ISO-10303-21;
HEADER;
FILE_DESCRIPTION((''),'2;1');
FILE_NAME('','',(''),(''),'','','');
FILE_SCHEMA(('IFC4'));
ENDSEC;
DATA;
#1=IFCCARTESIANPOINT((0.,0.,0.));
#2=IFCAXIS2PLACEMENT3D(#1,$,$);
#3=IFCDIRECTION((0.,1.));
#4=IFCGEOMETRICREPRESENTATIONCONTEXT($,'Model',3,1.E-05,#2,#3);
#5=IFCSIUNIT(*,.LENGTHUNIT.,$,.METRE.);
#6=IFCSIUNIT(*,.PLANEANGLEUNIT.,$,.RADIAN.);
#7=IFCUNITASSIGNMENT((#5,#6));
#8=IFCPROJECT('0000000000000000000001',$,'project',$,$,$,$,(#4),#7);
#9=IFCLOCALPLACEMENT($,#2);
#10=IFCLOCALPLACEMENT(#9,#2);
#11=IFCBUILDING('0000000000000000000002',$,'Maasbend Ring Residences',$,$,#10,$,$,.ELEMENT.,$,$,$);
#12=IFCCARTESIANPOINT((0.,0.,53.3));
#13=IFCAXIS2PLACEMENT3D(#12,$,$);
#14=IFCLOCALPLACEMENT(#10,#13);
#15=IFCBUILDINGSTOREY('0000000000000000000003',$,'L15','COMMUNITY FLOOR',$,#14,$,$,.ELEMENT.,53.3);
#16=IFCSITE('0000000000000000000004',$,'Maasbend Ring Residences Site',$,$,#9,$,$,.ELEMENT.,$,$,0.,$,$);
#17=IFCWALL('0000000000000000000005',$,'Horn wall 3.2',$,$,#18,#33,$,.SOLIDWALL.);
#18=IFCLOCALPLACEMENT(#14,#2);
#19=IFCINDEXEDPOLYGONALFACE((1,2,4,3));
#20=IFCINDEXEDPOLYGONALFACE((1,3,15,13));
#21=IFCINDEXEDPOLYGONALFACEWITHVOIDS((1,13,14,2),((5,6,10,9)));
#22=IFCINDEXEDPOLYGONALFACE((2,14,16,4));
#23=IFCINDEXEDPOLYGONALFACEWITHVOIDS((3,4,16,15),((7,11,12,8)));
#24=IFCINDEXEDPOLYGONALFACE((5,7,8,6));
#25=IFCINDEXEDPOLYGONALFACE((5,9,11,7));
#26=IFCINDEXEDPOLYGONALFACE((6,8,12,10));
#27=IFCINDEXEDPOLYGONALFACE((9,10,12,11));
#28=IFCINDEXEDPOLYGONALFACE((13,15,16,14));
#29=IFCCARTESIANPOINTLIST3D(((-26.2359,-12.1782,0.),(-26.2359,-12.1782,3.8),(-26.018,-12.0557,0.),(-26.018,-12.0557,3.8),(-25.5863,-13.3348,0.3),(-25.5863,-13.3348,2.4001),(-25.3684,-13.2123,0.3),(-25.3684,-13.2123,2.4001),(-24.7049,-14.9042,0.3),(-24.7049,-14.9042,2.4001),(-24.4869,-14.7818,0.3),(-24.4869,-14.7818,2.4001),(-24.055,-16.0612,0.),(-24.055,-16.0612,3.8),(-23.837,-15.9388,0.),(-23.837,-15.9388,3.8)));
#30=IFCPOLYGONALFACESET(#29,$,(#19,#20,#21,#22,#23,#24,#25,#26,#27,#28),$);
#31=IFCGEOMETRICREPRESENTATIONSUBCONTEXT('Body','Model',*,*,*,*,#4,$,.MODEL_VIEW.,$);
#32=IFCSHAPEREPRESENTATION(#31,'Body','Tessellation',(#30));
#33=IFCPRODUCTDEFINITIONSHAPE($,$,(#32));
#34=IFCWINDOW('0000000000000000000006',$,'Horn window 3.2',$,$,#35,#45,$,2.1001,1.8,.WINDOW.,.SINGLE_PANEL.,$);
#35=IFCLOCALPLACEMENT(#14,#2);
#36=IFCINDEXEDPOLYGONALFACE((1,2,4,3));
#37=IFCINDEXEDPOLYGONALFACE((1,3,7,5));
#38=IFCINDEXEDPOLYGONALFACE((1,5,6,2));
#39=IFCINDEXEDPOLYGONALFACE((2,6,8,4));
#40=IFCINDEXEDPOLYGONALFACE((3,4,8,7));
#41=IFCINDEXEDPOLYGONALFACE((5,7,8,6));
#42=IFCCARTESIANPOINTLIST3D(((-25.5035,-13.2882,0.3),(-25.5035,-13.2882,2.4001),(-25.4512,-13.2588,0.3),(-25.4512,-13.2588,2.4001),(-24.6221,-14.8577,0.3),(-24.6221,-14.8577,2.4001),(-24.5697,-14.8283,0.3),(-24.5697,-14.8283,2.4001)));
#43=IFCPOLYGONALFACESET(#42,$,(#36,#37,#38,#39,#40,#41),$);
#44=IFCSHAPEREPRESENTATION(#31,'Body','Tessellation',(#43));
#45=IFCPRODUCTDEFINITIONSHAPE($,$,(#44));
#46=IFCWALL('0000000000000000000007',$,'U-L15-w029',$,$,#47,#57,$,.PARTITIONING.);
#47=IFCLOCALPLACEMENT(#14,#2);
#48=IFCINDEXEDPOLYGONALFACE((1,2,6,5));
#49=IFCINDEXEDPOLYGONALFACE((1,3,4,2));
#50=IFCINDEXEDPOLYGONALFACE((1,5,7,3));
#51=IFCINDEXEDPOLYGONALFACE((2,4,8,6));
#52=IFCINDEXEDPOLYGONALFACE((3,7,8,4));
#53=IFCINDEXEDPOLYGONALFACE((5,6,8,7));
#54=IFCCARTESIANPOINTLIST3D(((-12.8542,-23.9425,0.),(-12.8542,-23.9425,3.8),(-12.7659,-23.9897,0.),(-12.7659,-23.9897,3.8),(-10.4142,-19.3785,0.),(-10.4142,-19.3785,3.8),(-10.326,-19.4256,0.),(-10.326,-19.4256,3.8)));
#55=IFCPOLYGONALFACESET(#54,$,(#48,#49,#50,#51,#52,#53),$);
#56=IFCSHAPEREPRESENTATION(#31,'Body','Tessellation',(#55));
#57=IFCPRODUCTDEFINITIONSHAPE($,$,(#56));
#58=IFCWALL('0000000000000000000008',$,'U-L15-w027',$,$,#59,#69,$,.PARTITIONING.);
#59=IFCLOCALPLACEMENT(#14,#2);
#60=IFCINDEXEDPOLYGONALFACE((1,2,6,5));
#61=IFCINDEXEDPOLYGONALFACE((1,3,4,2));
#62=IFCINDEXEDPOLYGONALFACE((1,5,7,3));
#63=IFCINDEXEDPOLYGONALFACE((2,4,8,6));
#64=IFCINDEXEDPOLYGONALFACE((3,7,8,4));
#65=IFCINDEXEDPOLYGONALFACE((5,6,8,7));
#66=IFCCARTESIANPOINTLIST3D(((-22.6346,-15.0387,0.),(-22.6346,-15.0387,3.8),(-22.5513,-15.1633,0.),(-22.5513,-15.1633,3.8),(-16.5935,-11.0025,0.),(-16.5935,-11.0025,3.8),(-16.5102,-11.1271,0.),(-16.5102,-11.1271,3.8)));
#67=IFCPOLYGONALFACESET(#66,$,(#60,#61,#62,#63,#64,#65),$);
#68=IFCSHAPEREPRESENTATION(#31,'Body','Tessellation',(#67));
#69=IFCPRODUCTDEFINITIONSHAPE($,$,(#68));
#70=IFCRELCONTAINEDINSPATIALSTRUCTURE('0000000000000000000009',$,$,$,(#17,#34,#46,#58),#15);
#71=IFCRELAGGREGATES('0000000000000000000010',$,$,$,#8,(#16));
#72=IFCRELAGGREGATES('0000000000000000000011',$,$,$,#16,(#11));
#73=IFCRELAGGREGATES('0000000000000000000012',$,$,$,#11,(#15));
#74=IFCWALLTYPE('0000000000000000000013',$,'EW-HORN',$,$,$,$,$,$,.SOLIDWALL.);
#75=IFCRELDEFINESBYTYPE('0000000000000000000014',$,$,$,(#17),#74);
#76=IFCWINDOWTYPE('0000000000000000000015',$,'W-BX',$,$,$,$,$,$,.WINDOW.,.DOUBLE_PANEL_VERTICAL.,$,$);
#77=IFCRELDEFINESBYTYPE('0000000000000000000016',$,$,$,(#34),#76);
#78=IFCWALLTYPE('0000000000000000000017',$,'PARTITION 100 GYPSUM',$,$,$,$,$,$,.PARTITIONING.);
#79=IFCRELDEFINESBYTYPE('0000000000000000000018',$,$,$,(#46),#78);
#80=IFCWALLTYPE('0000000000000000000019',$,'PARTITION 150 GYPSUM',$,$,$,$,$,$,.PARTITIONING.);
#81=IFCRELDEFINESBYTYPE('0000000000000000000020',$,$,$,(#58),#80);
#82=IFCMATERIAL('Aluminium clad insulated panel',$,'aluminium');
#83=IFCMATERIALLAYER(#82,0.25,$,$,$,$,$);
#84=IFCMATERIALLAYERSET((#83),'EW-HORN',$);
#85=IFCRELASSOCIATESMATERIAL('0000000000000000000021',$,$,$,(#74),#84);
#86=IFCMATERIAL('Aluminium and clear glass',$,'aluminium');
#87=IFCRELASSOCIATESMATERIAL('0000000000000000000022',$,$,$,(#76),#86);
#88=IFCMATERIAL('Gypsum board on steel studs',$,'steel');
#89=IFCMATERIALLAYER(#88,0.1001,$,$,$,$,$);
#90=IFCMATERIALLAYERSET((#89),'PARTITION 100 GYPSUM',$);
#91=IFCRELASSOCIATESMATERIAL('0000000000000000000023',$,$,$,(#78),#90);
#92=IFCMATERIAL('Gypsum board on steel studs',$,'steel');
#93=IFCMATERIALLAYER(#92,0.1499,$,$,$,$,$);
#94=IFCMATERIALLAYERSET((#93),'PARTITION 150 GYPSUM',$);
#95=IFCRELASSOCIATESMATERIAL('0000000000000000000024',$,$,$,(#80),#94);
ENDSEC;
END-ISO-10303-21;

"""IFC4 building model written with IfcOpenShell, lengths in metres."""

from ifc_helpers import new_model, si_unit, direction, frame, frame_2d, origin, place, context, subcontext, project, spatial, rectangle, extrude, material, layer, layer_set, type_object, element, fill, save


model = new_model("IFC4")

# Units and contexts
model_context = context("Model", 3, precision=1e-05, world=origin(), true_north=direction((0.0, 1.0)))
body_context = subcontext(model_context, "Body", "Model", "MODEL_VIEW")
ifc_project = project(units=[si_unit("LENGTHUNIT", "METRE"), si_unit("PLANEANGLEUNIT", "RADIAN")], contexts=[model_context])

# Site, building, storey
site_placement = place(None, origin())
site = spatial("IfcSite", under=ifc_project, at=site_placement, Name="Maasbend Ring Residences Site", CompositionType="ELEMENT", RefElevation=0.0)
building_placement = place(site_placement, origin())
building = spatial("IfcBuilding", under=site, at=building_placement, Name="Maasbend Ring Residences", CompositionType="ELEMENT")
storey_placement = place(building_placement, frame((0.0, 0.0, 53.3)))
storey = spatial("IfcBuildingStorey", under=building, at=storey_placement, Name="L15", Description="COMMUNITY FLOOR", CompositionType="ELEMENT", Elevation=53.3)

# Wall, opening, window
ifc_material_1 = material(Name="Aluminium clad insulated panel", Category="aluminium")
ifc_layer_1 = layer(ifc_material_1, 0.25)
ifc_layer_set_1 = layer_set([ifc_layer_1], Name="EW-HORN")
wall_type_1 = type_object("IfcWallType", Name="EW-HORN", PredefinedType="SOLIDWALL", material=ifc_layer_set_1)
wall_1_placement = place(storey_placement, frame((-26.127, -12.1169, 0.0), z_axis=(0.0, 0.0, 1.0), x_axis=(0.489696, -0.871893, 0.0)))
wall_1 = element("IfcWall", 1, at=wall_1_placement, inside=storey, type_object=wall_type_1, Name="Horn wall 3.2", PredefinedType="SOLIDWALL", context=body_context, shape_type="SweptSolid", body=[
    extrude(rectangle(XDim=4.4536, YDim=0.25, at=frame_2d((2.2268, 0.0))), origin(), (0.0, 0.0, 1.0), 3.8),
])
opening_1_placement = place(wall_1_placement, frame((1.3267, 0.0, 0.3)))
opening_1 = element("IfcOpeningElement", 2, at=opening_1_placement, cuts=wall_1, PredefinedType="OPENING", context=body_context, shape_type="SweptSolid", body=[
    extrude(rectangle(XDim=1.8, YDim=2.1001, at=frame_2d((0.8999, 1.05))), frame((0.0, 0.135, 0.0), z_axis=(0.0, -1.0, 0.0), x_axis=(1.0, 0.0, 0.0)), (0.0, 0.0, 1.0), 0.27),
])
ifc_material_2 = material(Name="Aluminium and clear glass", Category="aluminium")
window_type = type_object("IfcWindowType", Name="W-BX", PartitioningType="DOUBLE_PANEL_VERTICAL", PredefinedType="WINDOW", material=ifc_material_2)
window_placement = place(opening_1_placement, origin())
window = element("IfcWindow", 3, at=window_placement, inside=storey, type_object=window_type, Name="Horn window 3.2", OverallHeight=2.1001, OverallWidth=1.8, PartitioningType="SINGLE_PANEL", PredefinedType="WINDOW", context=body_context, shape_type="SweptSolid", body=[
    extrude(rectangle(XDim=1.8, YDim=2.1001, at=frame_2d((0.8999, 1.05))), frame((0.0, 0.03, 0.0), z_axis=(0.0, -1.0, 0.0), x_axis=(1.0, 0.0, 0.0)), (0.0, 0.0, 1.0), 0.0601),
])
fill(opening_1, window)

# Walls
ifc_material_3 = material(Name="Gypsum board on steel studs", Category="steel")
ifc_layer_2 = layer(ifc_material_3, 0.1001)
ifc_layer_set_2 = layer_set([ifc_layer_2], Name="PARTITION 100 GYPSUM")
wall_type_2 = type_object("IfcWallType", Name="PARTITION 100 GYPSUM", PredefinedType="PARTITIONING", material=ifc_layer_set_2)
wall_2_placement = place(storey_placement, frame((-12.8101, -23.9661, 0.0), z_axis=(0.0, 0.0, 1.0), x_axis=(0.471465, 0.881885, 0.0)))
element("IfcWall", 4, at=wall_2_placement, inside=storey, type_object=wall_type_2, Name="U-L15-w029", PredefinedType="PARTITIONING", context=body_context, shape_type="SweptSolid", body=[
    extrude(rectangle(XDim=5.1753, YDim=0.1001, at=frame_2d((2.5876, 0.0))), origin(), (0.0, 0.0, 1.0), 3.8),
])
ifc_material_4 = material(Name="Gypsum board on steel studs", Category="steel")
ifc_layer_3 = layer(ifc_material_4, 0.1499)
ifc_layer_set_3 = layer_set([ifc_layer_3], Name="PARTITION 150 GYPSUM")
wall_type_3 = type_object("IfcWallType", Name="PARTITION 150 GYPSUM", PredefinedType="PARTITIONING", material=ifc_layer_set_3)
wall_3_placement = place(storey_placement, frame((-22.593, -15.1011, 0.0), z_axis=(0.0, 0.0, 1.0), x_axis=(0.831492, 0.555537, 0.0)))
element("IfcWall", 5, at=wall_3_placement, inside=storey, type_object=wall_type_3, Name="U-L15-w027", PredefinedType="PARTITIONING", context=body_context, shape_type="SweptSolid", body=[
    extrude(rectangle(XDim=7.2654, YDim=0.1499, at=frame_2d((3.6328, 0.0))), origin(), (0.0, 0.0, 1.0), 3.8),
])

save(model, "model.ifc")
